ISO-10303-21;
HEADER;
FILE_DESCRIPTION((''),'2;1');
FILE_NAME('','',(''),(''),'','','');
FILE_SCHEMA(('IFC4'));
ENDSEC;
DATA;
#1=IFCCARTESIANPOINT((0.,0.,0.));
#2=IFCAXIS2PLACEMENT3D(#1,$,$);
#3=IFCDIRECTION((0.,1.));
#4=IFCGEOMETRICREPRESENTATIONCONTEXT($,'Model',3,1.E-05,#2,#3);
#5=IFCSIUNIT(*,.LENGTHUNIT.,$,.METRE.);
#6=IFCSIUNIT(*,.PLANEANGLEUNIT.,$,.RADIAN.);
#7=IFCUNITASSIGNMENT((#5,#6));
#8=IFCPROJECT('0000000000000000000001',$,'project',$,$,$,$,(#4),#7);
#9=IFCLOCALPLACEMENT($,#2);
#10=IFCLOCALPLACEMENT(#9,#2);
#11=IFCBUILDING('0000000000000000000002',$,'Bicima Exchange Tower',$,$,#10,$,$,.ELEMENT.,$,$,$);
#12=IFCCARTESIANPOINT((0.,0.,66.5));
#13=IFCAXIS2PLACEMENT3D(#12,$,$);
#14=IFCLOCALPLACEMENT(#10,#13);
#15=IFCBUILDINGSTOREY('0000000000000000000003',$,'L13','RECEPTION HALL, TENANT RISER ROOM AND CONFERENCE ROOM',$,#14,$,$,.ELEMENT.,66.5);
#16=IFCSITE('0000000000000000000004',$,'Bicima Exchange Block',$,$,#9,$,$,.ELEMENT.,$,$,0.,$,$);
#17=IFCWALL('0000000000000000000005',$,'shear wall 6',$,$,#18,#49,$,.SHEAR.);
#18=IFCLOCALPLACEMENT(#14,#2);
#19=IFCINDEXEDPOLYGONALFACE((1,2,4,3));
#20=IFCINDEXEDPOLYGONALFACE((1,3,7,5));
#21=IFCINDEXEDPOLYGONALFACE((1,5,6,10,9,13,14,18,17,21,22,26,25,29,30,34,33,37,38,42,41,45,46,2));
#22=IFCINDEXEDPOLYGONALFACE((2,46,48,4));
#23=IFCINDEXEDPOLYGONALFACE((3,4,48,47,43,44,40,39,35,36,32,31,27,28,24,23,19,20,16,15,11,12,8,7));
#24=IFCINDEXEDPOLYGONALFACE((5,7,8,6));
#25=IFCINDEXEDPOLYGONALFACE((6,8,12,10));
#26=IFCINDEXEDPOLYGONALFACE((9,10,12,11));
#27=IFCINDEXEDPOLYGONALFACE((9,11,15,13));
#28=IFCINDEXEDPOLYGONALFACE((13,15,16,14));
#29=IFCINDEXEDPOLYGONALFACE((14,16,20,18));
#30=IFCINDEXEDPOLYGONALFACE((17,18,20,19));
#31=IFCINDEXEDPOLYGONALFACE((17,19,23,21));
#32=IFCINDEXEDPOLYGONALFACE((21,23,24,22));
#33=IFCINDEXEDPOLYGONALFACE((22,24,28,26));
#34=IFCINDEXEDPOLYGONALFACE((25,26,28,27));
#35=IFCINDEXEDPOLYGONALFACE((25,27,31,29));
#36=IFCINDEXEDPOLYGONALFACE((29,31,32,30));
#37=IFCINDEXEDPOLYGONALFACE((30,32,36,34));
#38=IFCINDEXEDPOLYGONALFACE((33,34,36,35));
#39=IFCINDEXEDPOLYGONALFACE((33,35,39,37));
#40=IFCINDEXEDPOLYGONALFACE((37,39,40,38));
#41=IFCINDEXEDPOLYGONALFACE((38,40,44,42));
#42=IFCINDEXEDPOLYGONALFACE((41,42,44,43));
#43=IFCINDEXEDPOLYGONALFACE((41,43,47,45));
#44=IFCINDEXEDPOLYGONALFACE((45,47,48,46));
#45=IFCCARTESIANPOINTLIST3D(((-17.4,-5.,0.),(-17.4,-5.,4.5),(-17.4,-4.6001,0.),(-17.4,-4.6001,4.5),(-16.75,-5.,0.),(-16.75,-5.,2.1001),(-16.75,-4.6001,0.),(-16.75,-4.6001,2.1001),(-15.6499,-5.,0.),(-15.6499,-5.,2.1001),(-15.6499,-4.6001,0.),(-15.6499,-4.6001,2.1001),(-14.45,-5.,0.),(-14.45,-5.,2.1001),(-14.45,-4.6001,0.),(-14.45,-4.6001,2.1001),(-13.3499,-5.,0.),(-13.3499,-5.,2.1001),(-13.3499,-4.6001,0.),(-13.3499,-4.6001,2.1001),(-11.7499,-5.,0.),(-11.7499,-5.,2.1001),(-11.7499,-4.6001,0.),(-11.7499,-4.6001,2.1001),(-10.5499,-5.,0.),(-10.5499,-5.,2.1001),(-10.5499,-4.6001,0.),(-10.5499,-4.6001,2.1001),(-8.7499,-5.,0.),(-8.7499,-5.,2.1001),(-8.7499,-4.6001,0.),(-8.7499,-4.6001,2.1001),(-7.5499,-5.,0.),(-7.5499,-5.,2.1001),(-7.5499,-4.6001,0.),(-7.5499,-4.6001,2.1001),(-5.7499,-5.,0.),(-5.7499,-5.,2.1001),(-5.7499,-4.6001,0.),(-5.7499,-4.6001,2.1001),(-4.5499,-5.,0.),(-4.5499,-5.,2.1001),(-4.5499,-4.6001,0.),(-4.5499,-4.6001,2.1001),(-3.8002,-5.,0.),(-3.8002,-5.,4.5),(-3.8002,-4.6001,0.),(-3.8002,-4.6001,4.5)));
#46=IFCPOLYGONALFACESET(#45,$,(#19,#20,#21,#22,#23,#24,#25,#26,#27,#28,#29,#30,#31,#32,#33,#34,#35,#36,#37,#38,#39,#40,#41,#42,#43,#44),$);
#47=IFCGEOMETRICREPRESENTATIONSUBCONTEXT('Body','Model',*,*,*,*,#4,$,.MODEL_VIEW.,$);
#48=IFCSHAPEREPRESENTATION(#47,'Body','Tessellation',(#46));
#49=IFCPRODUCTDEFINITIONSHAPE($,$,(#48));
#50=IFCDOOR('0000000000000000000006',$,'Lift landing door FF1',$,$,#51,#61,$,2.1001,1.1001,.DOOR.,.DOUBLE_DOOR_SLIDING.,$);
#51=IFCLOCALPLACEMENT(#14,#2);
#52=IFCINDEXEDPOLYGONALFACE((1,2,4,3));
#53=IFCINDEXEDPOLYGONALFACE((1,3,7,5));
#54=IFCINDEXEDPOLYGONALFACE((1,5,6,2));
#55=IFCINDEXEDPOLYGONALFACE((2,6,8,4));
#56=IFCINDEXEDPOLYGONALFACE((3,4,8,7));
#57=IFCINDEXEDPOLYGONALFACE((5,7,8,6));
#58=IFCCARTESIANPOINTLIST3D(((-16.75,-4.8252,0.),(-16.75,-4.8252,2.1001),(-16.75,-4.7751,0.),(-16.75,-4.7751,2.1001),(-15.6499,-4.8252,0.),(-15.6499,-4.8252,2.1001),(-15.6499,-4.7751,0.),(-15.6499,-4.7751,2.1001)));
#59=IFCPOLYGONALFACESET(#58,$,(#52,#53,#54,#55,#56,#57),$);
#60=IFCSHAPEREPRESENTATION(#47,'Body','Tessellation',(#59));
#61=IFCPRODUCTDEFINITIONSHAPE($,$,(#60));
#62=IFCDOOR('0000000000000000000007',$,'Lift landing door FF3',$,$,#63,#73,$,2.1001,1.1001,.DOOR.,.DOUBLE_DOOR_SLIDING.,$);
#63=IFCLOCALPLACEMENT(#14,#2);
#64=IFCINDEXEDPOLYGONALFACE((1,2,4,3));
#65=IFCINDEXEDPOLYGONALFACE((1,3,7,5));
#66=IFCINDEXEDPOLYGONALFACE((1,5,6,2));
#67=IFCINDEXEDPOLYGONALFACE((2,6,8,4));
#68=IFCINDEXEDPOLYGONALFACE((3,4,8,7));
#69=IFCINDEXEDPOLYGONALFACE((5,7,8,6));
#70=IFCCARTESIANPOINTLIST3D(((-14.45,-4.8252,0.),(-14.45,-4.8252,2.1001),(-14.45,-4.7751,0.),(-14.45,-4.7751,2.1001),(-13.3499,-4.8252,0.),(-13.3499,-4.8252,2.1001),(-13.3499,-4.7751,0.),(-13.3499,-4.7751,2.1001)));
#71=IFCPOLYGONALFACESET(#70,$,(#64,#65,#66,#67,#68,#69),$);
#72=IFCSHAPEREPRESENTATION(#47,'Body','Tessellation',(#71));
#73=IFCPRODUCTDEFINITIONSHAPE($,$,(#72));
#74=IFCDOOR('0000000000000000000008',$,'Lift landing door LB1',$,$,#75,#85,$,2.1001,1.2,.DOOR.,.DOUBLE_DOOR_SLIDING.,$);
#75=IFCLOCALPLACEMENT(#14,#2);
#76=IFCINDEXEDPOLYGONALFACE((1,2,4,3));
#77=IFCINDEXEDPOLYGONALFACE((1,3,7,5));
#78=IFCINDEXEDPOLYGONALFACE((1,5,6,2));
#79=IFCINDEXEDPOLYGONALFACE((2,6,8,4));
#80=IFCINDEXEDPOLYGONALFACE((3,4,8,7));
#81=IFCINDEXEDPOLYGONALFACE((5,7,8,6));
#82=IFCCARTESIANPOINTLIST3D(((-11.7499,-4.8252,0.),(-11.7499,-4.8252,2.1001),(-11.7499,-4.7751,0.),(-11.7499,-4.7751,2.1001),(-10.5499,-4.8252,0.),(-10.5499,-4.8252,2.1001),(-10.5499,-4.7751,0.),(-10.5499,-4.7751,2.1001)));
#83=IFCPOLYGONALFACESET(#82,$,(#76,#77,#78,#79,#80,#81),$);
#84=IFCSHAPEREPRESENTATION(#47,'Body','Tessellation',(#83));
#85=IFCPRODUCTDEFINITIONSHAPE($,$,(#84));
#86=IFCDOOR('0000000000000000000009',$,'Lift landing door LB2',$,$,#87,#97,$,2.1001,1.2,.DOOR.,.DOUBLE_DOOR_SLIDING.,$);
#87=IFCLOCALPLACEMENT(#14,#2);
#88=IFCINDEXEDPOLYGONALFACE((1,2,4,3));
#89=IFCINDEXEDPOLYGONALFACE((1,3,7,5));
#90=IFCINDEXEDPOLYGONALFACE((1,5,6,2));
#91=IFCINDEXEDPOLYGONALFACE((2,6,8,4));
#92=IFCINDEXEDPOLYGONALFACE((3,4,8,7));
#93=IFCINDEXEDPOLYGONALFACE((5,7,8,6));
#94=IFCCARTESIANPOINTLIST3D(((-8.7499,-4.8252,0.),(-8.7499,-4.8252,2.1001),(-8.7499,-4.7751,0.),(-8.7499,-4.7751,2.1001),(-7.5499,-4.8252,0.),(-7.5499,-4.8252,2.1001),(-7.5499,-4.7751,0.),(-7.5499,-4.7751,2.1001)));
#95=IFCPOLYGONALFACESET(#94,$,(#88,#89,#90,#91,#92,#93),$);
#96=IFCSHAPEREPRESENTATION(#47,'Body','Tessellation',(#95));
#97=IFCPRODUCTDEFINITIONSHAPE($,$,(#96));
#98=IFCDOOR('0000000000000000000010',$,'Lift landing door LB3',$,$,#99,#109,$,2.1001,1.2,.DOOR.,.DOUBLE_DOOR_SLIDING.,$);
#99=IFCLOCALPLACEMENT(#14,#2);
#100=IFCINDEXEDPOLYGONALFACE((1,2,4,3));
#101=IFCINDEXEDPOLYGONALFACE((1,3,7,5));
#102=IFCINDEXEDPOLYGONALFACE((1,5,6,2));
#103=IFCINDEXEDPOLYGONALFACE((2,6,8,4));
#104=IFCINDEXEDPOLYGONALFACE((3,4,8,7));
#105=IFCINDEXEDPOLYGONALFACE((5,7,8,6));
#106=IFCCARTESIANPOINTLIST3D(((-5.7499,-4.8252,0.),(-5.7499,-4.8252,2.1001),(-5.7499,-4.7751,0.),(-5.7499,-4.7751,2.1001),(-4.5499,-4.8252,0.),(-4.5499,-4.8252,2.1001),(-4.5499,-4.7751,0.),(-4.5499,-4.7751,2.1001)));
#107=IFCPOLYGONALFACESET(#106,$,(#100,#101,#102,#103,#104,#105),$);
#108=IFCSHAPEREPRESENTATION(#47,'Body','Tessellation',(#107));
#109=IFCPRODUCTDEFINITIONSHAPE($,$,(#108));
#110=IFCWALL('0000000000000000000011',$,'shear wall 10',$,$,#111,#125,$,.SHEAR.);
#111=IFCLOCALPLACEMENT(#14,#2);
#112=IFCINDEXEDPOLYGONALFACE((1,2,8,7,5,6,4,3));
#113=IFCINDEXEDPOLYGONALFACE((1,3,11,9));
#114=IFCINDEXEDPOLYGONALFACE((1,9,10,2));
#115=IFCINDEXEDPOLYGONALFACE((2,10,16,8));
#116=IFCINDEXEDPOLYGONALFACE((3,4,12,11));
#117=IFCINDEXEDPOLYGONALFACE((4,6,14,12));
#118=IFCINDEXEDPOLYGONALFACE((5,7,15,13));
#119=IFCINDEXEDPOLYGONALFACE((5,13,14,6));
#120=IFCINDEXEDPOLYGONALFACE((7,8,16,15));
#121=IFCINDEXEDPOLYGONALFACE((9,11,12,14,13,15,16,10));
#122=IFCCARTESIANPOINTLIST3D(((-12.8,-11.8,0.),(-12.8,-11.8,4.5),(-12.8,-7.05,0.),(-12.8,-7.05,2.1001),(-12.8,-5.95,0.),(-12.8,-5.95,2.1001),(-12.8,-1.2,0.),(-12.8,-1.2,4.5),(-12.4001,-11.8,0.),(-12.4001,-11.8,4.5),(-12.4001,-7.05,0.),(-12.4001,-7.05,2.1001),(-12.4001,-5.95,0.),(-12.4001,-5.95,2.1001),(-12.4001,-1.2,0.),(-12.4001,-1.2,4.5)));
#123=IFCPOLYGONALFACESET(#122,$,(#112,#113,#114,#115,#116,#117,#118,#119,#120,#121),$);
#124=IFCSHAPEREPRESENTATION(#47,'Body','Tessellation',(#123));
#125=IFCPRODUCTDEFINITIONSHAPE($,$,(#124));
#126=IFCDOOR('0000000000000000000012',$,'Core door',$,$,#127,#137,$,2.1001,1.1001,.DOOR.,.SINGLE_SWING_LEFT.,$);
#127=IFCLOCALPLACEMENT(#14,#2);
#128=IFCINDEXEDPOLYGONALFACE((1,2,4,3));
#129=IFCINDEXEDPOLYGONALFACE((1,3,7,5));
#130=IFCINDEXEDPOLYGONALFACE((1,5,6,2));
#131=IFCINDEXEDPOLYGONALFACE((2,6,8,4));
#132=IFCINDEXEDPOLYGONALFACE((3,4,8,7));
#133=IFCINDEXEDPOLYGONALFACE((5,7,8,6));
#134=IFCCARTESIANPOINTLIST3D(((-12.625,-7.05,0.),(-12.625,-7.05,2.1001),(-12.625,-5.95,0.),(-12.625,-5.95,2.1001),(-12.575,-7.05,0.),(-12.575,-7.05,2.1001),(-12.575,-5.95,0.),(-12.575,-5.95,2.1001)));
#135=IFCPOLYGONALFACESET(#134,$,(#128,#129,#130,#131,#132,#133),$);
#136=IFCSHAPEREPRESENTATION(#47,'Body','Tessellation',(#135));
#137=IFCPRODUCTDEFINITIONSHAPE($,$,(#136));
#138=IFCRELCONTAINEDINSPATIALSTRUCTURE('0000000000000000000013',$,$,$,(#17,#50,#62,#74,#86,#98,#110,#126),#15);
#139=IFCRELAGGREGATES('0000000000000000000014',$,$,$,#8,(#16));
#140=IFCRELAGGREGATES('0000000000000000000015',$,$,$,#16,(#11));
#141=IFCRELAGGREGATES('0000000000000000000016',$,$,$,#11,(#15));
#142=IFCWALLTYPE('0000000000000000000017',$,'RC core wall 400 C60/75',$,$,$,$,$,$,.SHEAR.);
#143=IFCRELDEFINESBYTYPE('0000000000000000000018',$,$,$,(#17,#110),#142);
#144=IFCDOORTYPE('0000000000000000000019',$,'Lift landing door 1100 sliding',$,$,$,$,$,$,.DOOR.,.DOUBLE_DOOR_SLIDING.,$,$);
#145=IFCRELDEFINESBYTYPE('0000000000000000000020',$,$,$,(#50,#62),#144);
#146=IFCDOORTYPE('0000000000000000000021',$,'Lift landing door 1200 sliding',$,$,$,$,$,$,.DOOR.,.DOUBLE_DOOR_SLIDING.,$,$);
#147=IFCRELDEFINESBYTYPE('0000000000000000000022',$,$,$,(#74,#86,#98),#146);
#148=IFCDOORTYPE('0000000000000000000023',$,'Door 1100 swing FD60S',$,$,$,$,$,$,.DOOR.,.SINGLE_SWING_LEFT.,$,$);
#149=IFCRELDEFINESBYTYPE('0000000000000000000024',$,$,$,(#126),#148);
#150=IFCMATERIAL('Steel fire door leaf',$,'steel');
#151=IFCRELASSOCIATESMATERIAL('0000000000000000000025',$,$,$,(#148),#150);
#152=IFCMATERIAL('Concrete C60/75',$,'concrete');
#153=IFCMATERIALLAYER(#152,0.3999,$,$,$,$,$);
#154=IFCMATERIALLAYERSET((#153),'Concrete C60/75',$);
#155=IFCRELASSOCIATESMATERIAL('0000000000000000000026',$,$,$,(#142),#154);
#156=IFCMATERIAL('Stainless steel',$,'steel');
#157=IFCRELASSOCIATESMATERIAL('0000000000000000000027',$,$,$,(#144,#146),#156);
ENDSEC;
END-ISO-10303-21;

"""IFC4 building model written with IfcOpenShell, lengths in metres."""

from ifc_helpers import new_model, si_unit, direction, frame, frame_2d, origin, place, context, subcontext, project, spatial, rectangle, extrude, material, layer, layer_set, type_object, element, fill, save


model = new_model("IFC4")

# Units and contexts
model_context = context("Model", 3, precision=1e-05, world=origin(), true_north=direction((0.0, 1.0)))
body_context = subcontext(model_context, "Body", "Model", "MODEL_VIEW")
ifc_project = project(units=[si_unit("LENGTHUNIT", "METRE"), si_unit("PLANEANGLEUNIT", "RADIAN")], contexts=[model_context])

# Site, building, storey
site_placement = place(None, origin())
site = spatial("IfcSite", under=ifc_project, at=site_placement, Name="Bicima Exchange Block", CompositionType="ELEMENT", RefElevation=0.0)
building_placement = place(site_placement, origin())
building = spatial("IfcBuilding", under=site, at=building_placement, Name="Bicima Exchange Tower", CompositionType="ELEMENT")
storey_placement = place(building_placement, frame((0.0, 0.0, 66.5)))
storey = spatial("IfcBuildingStorey", under=building, at=storey_placement, Name="L13", Description="RECEPTION HALL, TENANT RISER ROOM AND CONFERENCE ROOM", CompositionType="ELEMENT", Elevation=66.5)

# Shared definitions
ifc_material_1 = material(Name="Concrete C60/75", Category="concrete")

# Shared definitions
ifc_material_2 = material(Name="Steel fire door leaf", Category="steel")

# Shared definitions
door_type_1 = type_object("IfcDoorType", Name="Door 1100 swing FD60S", OperationType="SINGLE_SWING_LEFT", PredefinedType="DOOR", material=ifc_material_2)

# Shared definitions
ifc_layer_1 = layer(ifc_material_1, 0.3999)
ifc_layer_set_1 = layer_set([ifc_layer_1], Name="Concrete C60/75")
wall_type_1 = type_object("IfcWallType", Name="RC core wall 400 C60/75", PredefinedType="SHEAR", material=ifc_layer_set_1)

# Wall, openings, doors
wall_1_placement = place(storey_placement, frame((-17.3999, -4.8, 0.0), z_axis=(0.0, 0.0, 1.0), x_axis=(1.0, 0.0, 0.0)))
wall_1 = element("IfcWall", 1, at=wall_1_placement, inside=storey, type_object=wall_type_1, Name="shear wall 6", PredefinedType="SHEAR", context=body_context, shape_type="SweptSolid", body=[
    extrude(rectangle(XDim=13.5999, YDim=0.3999, at=frame_2d((6.7998, 0.0))), origin(), (0.0, 0.0, 1.0), 4.5),
])
opening_1_placement = place(wall_1_placement, frame((0.6499, 0.0, 0.0)))
opening_1 = element("IfcOpeningElement", 2, at=opening_1_placement, cuts=wall_1, PredefinedType="OPENING", context=body_context, shape_type="SweptSolid", body=[
    extrude(rectangle(XDim=1.1001, YDim=2.1001, at=frame_2d((0.55, 1.05))), frame((0.0, 0.2119, 0.0), z_axis=(0.0, -1.0, 0.0), x_axis=(1.0, 0.0, 0.0)), (0.0, 0.0, 1.0), 0.4238),
])
opening_2_placement = place(wall_1_placement, frame((2.95, 0.0, 0.0)))
opening_2 = element("IfcOpeningElement", 3, at=opening_2_placement, cuts=wall_1, PredefinedType="OPENING", context=body_context, shape_type="SweptSolid", body=[
    extrude(rectangle(XDim=1.1001, YDim=2.1001, at=frame_2d((0.55, 1.05))), frame((0.0, 0.2119, 0.0), z_axis=(0.0, -1.0, 0.0), x_axis=(1.0, 0.0, 0.0)), (0.0, 0.0, 1.0), 0.4238),
])
opening_3_placement = place(wall_1_placement, frame((5.6499, 0.0, 0.0)))
opening_3 = element("IfcOpeningElement", 4, at=opening_3_placement, cuts=wall_1, PredefinedType="OPENING", context=body_context, shape_type="SweptSolid", body=[
    extrude(rectangle(XDim=1.2, YDim=2.1001, at=frame_2d((0.6001, 1.05))), frame((0.0, 0.2119, 0.0), z_axis=(0.0, -1.0, 0.0), x_axis=(1.0, 0.0, 0.0)), (0.0, 0.0, 1.0), 0.4238),
])
opening_4_placement = place(wall_1_placement, frame((8.6499, 0.0, 0.0)))
opening_4 = element("IfcOpeningElement", 5, at=opening_4_placement, cuts=wall_1, PredefinedType="OPENING", context=body_context, shape_type="SweptSolid", body=[
    extrude(rectangle(XDim=1.2, YDim=2.1001, at=frame_2d((0.6001, 1.05))), frame((0.0, 0.2119, 0.0), z_axis=(0.0, -1.0, 0.0), x_axis=(1.0, 0.0, 0.0)), (0.0, 0.0, 1.0), 0.4238),
])
opening_5_placement = place(wall_1_placement, frame((11.6499, 0.0, 0.0)))
opening_5 = element("IfcOpeningElement", 6, at=opening_5_placement, cuts=wall_1, PredefinedType="OPENING", context=body_context, shape_type="SweptSolid", body=[
    extrude(rectangle(XDim=1.2, YDim=2.1001, at=frame_2d((0.6001, 1.05))), frame((0.0, 0.2119, 0.0), z_axis=(0.0, -1.0, 0.0), x_axis=(1.0, 0.0, 0.0)), (0.0, 0.0, 1.0), 0.4238),
])
ifc_material_3 = material(Name="Stainless steel", Category="steel")
door_type_2 = type_object("IfcDoorType", Name="Lift landing door 1100 sliding", OperationType="DOUBLE_DOOR_SLIDING", PredefinedType="DOOR", material=ifc_material_3)
door_1_placement = place(opening_1_placement, origin())
door_1 = element("IfcDoor", 7, at=door_1_placement, inside=storey, type_object=door_type_2, Name="Lift landing door FF1", OperationType="DOUBLE_DOOR_SLIDING", OverallHeight=2.1001, OverallWidth=1.1001, PredefinedType="DOOR", context=body_context, shape_type="SweptSolid", body=[
    extrude(rectangle(XDim=1.1001, YDim=2.1001, at=frame_2d((0.55, 1.05))), frame((0.0, 0.0249, 0.0), z_axis=(0.0, -1.0, 0.0), x_axis=(1.0, 0.0, 0.0)), (0.0, 0.0, 1.0), 0.05),
])
fill(opening_1, door_1)
door_2_placement = place(opening_2_placement, origin())
door_2 = element("IfcDoor", 8, at=door_2_placement, inside=storey, type_object=door_type_2, Name="Lift landing door FF3", OperationType="DOUBLE_DOOR_SLIDING", OverallHeight=2.1001, OverallWidth=1.1001, PredefinedType="DOOR", context=body_context, shape_type="SweptSolid", body=[
    extrude(rectangle(XDim=1.1001, YDim=2.1001, at=frame_2d((0.55, 1.05))), frame((0.0, 0.0249, 0.0), z_axis=(0.0, -1.0, 0.0), x_axis=(1.0, 0.0, 0.0)), (0.0, 0.0, 1.0), 0.05),
])
fill(opening_2, door_2)
door_type_3 = type_object("IfcDoorType", Name="Lift landing door 1200 sliding", OperationType="DOUBLE_DOOR_SLIDING", PredefinedType="DOOR", material=ifc_material_3)
door_3_placement = place(opening_3_placement, origin())
door_3 = element("IfcDoor", 9, at=door_3_placement, inside=storey, type_object=door_type_3, Name="Lift landing door LB1", OperationType="DOUBLE_DOOR_SLIDING", OverallHeight=2.1001, OverallWidth=1.2, PredefinedType="DOOR", context=body_context, shape_type="SweptSolid", body=[
    extrude(rectangle(XDim=1.2, YDim=2.1001, at=frame_2d((0.6001, 1.05))), frame((0.0, 0.0249, 0.0), z_axis=(0.0, -1.0, 0.0), x_axis=(1.0, 0.0, 0.0)), (0.0, 0.0, 1.0), 0.05),
])
fill(opening_3, door_3)
door_4_placement = place(opening_4_placement, origin())
door_4 = element("IfcDoor", 10, at=door_4_placement, inside=storey, type_object=door_type_3, Name="Lift landing door LB2", OperationType="DOUBLE_DOOR_SLIDING", OverallHeight=2.1001, OverallWidth=1.2, PredefinedType="DOOR", context=body_context, shape_type="SweptSolid", body=[
    extrude(rectangle(XDim=1.2, YDim=2.1001, at=frame_2d((0.6001, 1.05))), frame((0.0, 0.0249, 0.0), z_axis=(0.0, -1.0, 0.0), x_axis=(1.0, 0.0, 0.0)), (0.0, 0.0, 1.0), 0.05),
])
fill(opening_4, door_4)
door_5_placement = place(opening_5_placement, origin())
door_5 = element("IfcDoor", 11, at=door_5_placement, inside=storey, type_object=door_type_3, Name="Lift landing door LB3", OperationType="DOUBLE_DOOR_SLIDING", OverallHeight=2.1001, OverallWidth=1.2, PredefinedType="DOOR", context=body_context, shape_type="SweptSolid", body=[
    extrude(rectangle(XDim=1.2, YDim=2.1001, at=frame_2d((0.6001, 1.05))), frame((0.0, 0.0249, 0.0), z_axis=(0.0, -1.0, 0.0), x_axis=(1.0, 0.0, 0.0)), (0.0, 0.0, 1.0), 0.05),
])
fill(opening_5, door_5)

# Wall, opening, door
wall_2_placement = place(storey_placement, frame((-12.6001, -11.8, 0.0), z_axis=(0.0, 0.0, 1.0), x_axis=(0.0, 1.0, 0.0)))
wall_2 = element("IfcWall", 12, at=wall_2_placement, inside=storey, type_object=wall_type_1, Name="shear wall 10", PredefinedType="SHEAR", context=body_context, shape_type="SweptSolid", body=[
    extrude(rectangle(XDim=10.6001, YDim=0.3999, at=frame_2d((5.3, 0.0))), origin(), (0.0, 0.0, 1.0), 4.5),
])
opening_6_placement = place(wall_2_placement, frame((4.75, 0.0, 0.0)))
opening_6 = element("IfcOpeningElement", 13, at=opening_6_placement, cuts=wall_2, PredefinedType="OPENING", context=body_context, shape_type="SweptSolid", body=[
    extrude(rectangle(XDim=1.1001, YDim=2.1001, at=frame_2d((0.55, 1.05))), frame((0.0, 0.2119, 0.0), z_axis=(0.0, -1.0, 0.0), x_axis=(1.0, 0.0, 0.0)), (0.0, 0.0, 1.0), 0.4238),
])
door_6_placement = place(opening_6_placement, origin())
door_6 = element("IfcDoor", 14, at=door_6_placement, inside=storey, type_object=door_type_1, Name="Core door", OperationType="SINGLE_SWING_LEFT", OverallHeight=2.1001, OverallWidth=1.1001, PredefinedType="DOOR", context=body_context, shape_type="SweptSolid", body=[
    extrude(rectangle(XDim=1.1001, YDim=2.1001, at=frame_2d((0.55, 1.05))), frame((0.0, 0.0249, 0.0), z_axis=(0.0, -1.0, 0.0), x_axis=(1.0, 0.0, 0.0)), (0.0, 0.0, 1.0), 0.05),
])
fill(opening_6, door_6)

save(model, "model.ifc")
